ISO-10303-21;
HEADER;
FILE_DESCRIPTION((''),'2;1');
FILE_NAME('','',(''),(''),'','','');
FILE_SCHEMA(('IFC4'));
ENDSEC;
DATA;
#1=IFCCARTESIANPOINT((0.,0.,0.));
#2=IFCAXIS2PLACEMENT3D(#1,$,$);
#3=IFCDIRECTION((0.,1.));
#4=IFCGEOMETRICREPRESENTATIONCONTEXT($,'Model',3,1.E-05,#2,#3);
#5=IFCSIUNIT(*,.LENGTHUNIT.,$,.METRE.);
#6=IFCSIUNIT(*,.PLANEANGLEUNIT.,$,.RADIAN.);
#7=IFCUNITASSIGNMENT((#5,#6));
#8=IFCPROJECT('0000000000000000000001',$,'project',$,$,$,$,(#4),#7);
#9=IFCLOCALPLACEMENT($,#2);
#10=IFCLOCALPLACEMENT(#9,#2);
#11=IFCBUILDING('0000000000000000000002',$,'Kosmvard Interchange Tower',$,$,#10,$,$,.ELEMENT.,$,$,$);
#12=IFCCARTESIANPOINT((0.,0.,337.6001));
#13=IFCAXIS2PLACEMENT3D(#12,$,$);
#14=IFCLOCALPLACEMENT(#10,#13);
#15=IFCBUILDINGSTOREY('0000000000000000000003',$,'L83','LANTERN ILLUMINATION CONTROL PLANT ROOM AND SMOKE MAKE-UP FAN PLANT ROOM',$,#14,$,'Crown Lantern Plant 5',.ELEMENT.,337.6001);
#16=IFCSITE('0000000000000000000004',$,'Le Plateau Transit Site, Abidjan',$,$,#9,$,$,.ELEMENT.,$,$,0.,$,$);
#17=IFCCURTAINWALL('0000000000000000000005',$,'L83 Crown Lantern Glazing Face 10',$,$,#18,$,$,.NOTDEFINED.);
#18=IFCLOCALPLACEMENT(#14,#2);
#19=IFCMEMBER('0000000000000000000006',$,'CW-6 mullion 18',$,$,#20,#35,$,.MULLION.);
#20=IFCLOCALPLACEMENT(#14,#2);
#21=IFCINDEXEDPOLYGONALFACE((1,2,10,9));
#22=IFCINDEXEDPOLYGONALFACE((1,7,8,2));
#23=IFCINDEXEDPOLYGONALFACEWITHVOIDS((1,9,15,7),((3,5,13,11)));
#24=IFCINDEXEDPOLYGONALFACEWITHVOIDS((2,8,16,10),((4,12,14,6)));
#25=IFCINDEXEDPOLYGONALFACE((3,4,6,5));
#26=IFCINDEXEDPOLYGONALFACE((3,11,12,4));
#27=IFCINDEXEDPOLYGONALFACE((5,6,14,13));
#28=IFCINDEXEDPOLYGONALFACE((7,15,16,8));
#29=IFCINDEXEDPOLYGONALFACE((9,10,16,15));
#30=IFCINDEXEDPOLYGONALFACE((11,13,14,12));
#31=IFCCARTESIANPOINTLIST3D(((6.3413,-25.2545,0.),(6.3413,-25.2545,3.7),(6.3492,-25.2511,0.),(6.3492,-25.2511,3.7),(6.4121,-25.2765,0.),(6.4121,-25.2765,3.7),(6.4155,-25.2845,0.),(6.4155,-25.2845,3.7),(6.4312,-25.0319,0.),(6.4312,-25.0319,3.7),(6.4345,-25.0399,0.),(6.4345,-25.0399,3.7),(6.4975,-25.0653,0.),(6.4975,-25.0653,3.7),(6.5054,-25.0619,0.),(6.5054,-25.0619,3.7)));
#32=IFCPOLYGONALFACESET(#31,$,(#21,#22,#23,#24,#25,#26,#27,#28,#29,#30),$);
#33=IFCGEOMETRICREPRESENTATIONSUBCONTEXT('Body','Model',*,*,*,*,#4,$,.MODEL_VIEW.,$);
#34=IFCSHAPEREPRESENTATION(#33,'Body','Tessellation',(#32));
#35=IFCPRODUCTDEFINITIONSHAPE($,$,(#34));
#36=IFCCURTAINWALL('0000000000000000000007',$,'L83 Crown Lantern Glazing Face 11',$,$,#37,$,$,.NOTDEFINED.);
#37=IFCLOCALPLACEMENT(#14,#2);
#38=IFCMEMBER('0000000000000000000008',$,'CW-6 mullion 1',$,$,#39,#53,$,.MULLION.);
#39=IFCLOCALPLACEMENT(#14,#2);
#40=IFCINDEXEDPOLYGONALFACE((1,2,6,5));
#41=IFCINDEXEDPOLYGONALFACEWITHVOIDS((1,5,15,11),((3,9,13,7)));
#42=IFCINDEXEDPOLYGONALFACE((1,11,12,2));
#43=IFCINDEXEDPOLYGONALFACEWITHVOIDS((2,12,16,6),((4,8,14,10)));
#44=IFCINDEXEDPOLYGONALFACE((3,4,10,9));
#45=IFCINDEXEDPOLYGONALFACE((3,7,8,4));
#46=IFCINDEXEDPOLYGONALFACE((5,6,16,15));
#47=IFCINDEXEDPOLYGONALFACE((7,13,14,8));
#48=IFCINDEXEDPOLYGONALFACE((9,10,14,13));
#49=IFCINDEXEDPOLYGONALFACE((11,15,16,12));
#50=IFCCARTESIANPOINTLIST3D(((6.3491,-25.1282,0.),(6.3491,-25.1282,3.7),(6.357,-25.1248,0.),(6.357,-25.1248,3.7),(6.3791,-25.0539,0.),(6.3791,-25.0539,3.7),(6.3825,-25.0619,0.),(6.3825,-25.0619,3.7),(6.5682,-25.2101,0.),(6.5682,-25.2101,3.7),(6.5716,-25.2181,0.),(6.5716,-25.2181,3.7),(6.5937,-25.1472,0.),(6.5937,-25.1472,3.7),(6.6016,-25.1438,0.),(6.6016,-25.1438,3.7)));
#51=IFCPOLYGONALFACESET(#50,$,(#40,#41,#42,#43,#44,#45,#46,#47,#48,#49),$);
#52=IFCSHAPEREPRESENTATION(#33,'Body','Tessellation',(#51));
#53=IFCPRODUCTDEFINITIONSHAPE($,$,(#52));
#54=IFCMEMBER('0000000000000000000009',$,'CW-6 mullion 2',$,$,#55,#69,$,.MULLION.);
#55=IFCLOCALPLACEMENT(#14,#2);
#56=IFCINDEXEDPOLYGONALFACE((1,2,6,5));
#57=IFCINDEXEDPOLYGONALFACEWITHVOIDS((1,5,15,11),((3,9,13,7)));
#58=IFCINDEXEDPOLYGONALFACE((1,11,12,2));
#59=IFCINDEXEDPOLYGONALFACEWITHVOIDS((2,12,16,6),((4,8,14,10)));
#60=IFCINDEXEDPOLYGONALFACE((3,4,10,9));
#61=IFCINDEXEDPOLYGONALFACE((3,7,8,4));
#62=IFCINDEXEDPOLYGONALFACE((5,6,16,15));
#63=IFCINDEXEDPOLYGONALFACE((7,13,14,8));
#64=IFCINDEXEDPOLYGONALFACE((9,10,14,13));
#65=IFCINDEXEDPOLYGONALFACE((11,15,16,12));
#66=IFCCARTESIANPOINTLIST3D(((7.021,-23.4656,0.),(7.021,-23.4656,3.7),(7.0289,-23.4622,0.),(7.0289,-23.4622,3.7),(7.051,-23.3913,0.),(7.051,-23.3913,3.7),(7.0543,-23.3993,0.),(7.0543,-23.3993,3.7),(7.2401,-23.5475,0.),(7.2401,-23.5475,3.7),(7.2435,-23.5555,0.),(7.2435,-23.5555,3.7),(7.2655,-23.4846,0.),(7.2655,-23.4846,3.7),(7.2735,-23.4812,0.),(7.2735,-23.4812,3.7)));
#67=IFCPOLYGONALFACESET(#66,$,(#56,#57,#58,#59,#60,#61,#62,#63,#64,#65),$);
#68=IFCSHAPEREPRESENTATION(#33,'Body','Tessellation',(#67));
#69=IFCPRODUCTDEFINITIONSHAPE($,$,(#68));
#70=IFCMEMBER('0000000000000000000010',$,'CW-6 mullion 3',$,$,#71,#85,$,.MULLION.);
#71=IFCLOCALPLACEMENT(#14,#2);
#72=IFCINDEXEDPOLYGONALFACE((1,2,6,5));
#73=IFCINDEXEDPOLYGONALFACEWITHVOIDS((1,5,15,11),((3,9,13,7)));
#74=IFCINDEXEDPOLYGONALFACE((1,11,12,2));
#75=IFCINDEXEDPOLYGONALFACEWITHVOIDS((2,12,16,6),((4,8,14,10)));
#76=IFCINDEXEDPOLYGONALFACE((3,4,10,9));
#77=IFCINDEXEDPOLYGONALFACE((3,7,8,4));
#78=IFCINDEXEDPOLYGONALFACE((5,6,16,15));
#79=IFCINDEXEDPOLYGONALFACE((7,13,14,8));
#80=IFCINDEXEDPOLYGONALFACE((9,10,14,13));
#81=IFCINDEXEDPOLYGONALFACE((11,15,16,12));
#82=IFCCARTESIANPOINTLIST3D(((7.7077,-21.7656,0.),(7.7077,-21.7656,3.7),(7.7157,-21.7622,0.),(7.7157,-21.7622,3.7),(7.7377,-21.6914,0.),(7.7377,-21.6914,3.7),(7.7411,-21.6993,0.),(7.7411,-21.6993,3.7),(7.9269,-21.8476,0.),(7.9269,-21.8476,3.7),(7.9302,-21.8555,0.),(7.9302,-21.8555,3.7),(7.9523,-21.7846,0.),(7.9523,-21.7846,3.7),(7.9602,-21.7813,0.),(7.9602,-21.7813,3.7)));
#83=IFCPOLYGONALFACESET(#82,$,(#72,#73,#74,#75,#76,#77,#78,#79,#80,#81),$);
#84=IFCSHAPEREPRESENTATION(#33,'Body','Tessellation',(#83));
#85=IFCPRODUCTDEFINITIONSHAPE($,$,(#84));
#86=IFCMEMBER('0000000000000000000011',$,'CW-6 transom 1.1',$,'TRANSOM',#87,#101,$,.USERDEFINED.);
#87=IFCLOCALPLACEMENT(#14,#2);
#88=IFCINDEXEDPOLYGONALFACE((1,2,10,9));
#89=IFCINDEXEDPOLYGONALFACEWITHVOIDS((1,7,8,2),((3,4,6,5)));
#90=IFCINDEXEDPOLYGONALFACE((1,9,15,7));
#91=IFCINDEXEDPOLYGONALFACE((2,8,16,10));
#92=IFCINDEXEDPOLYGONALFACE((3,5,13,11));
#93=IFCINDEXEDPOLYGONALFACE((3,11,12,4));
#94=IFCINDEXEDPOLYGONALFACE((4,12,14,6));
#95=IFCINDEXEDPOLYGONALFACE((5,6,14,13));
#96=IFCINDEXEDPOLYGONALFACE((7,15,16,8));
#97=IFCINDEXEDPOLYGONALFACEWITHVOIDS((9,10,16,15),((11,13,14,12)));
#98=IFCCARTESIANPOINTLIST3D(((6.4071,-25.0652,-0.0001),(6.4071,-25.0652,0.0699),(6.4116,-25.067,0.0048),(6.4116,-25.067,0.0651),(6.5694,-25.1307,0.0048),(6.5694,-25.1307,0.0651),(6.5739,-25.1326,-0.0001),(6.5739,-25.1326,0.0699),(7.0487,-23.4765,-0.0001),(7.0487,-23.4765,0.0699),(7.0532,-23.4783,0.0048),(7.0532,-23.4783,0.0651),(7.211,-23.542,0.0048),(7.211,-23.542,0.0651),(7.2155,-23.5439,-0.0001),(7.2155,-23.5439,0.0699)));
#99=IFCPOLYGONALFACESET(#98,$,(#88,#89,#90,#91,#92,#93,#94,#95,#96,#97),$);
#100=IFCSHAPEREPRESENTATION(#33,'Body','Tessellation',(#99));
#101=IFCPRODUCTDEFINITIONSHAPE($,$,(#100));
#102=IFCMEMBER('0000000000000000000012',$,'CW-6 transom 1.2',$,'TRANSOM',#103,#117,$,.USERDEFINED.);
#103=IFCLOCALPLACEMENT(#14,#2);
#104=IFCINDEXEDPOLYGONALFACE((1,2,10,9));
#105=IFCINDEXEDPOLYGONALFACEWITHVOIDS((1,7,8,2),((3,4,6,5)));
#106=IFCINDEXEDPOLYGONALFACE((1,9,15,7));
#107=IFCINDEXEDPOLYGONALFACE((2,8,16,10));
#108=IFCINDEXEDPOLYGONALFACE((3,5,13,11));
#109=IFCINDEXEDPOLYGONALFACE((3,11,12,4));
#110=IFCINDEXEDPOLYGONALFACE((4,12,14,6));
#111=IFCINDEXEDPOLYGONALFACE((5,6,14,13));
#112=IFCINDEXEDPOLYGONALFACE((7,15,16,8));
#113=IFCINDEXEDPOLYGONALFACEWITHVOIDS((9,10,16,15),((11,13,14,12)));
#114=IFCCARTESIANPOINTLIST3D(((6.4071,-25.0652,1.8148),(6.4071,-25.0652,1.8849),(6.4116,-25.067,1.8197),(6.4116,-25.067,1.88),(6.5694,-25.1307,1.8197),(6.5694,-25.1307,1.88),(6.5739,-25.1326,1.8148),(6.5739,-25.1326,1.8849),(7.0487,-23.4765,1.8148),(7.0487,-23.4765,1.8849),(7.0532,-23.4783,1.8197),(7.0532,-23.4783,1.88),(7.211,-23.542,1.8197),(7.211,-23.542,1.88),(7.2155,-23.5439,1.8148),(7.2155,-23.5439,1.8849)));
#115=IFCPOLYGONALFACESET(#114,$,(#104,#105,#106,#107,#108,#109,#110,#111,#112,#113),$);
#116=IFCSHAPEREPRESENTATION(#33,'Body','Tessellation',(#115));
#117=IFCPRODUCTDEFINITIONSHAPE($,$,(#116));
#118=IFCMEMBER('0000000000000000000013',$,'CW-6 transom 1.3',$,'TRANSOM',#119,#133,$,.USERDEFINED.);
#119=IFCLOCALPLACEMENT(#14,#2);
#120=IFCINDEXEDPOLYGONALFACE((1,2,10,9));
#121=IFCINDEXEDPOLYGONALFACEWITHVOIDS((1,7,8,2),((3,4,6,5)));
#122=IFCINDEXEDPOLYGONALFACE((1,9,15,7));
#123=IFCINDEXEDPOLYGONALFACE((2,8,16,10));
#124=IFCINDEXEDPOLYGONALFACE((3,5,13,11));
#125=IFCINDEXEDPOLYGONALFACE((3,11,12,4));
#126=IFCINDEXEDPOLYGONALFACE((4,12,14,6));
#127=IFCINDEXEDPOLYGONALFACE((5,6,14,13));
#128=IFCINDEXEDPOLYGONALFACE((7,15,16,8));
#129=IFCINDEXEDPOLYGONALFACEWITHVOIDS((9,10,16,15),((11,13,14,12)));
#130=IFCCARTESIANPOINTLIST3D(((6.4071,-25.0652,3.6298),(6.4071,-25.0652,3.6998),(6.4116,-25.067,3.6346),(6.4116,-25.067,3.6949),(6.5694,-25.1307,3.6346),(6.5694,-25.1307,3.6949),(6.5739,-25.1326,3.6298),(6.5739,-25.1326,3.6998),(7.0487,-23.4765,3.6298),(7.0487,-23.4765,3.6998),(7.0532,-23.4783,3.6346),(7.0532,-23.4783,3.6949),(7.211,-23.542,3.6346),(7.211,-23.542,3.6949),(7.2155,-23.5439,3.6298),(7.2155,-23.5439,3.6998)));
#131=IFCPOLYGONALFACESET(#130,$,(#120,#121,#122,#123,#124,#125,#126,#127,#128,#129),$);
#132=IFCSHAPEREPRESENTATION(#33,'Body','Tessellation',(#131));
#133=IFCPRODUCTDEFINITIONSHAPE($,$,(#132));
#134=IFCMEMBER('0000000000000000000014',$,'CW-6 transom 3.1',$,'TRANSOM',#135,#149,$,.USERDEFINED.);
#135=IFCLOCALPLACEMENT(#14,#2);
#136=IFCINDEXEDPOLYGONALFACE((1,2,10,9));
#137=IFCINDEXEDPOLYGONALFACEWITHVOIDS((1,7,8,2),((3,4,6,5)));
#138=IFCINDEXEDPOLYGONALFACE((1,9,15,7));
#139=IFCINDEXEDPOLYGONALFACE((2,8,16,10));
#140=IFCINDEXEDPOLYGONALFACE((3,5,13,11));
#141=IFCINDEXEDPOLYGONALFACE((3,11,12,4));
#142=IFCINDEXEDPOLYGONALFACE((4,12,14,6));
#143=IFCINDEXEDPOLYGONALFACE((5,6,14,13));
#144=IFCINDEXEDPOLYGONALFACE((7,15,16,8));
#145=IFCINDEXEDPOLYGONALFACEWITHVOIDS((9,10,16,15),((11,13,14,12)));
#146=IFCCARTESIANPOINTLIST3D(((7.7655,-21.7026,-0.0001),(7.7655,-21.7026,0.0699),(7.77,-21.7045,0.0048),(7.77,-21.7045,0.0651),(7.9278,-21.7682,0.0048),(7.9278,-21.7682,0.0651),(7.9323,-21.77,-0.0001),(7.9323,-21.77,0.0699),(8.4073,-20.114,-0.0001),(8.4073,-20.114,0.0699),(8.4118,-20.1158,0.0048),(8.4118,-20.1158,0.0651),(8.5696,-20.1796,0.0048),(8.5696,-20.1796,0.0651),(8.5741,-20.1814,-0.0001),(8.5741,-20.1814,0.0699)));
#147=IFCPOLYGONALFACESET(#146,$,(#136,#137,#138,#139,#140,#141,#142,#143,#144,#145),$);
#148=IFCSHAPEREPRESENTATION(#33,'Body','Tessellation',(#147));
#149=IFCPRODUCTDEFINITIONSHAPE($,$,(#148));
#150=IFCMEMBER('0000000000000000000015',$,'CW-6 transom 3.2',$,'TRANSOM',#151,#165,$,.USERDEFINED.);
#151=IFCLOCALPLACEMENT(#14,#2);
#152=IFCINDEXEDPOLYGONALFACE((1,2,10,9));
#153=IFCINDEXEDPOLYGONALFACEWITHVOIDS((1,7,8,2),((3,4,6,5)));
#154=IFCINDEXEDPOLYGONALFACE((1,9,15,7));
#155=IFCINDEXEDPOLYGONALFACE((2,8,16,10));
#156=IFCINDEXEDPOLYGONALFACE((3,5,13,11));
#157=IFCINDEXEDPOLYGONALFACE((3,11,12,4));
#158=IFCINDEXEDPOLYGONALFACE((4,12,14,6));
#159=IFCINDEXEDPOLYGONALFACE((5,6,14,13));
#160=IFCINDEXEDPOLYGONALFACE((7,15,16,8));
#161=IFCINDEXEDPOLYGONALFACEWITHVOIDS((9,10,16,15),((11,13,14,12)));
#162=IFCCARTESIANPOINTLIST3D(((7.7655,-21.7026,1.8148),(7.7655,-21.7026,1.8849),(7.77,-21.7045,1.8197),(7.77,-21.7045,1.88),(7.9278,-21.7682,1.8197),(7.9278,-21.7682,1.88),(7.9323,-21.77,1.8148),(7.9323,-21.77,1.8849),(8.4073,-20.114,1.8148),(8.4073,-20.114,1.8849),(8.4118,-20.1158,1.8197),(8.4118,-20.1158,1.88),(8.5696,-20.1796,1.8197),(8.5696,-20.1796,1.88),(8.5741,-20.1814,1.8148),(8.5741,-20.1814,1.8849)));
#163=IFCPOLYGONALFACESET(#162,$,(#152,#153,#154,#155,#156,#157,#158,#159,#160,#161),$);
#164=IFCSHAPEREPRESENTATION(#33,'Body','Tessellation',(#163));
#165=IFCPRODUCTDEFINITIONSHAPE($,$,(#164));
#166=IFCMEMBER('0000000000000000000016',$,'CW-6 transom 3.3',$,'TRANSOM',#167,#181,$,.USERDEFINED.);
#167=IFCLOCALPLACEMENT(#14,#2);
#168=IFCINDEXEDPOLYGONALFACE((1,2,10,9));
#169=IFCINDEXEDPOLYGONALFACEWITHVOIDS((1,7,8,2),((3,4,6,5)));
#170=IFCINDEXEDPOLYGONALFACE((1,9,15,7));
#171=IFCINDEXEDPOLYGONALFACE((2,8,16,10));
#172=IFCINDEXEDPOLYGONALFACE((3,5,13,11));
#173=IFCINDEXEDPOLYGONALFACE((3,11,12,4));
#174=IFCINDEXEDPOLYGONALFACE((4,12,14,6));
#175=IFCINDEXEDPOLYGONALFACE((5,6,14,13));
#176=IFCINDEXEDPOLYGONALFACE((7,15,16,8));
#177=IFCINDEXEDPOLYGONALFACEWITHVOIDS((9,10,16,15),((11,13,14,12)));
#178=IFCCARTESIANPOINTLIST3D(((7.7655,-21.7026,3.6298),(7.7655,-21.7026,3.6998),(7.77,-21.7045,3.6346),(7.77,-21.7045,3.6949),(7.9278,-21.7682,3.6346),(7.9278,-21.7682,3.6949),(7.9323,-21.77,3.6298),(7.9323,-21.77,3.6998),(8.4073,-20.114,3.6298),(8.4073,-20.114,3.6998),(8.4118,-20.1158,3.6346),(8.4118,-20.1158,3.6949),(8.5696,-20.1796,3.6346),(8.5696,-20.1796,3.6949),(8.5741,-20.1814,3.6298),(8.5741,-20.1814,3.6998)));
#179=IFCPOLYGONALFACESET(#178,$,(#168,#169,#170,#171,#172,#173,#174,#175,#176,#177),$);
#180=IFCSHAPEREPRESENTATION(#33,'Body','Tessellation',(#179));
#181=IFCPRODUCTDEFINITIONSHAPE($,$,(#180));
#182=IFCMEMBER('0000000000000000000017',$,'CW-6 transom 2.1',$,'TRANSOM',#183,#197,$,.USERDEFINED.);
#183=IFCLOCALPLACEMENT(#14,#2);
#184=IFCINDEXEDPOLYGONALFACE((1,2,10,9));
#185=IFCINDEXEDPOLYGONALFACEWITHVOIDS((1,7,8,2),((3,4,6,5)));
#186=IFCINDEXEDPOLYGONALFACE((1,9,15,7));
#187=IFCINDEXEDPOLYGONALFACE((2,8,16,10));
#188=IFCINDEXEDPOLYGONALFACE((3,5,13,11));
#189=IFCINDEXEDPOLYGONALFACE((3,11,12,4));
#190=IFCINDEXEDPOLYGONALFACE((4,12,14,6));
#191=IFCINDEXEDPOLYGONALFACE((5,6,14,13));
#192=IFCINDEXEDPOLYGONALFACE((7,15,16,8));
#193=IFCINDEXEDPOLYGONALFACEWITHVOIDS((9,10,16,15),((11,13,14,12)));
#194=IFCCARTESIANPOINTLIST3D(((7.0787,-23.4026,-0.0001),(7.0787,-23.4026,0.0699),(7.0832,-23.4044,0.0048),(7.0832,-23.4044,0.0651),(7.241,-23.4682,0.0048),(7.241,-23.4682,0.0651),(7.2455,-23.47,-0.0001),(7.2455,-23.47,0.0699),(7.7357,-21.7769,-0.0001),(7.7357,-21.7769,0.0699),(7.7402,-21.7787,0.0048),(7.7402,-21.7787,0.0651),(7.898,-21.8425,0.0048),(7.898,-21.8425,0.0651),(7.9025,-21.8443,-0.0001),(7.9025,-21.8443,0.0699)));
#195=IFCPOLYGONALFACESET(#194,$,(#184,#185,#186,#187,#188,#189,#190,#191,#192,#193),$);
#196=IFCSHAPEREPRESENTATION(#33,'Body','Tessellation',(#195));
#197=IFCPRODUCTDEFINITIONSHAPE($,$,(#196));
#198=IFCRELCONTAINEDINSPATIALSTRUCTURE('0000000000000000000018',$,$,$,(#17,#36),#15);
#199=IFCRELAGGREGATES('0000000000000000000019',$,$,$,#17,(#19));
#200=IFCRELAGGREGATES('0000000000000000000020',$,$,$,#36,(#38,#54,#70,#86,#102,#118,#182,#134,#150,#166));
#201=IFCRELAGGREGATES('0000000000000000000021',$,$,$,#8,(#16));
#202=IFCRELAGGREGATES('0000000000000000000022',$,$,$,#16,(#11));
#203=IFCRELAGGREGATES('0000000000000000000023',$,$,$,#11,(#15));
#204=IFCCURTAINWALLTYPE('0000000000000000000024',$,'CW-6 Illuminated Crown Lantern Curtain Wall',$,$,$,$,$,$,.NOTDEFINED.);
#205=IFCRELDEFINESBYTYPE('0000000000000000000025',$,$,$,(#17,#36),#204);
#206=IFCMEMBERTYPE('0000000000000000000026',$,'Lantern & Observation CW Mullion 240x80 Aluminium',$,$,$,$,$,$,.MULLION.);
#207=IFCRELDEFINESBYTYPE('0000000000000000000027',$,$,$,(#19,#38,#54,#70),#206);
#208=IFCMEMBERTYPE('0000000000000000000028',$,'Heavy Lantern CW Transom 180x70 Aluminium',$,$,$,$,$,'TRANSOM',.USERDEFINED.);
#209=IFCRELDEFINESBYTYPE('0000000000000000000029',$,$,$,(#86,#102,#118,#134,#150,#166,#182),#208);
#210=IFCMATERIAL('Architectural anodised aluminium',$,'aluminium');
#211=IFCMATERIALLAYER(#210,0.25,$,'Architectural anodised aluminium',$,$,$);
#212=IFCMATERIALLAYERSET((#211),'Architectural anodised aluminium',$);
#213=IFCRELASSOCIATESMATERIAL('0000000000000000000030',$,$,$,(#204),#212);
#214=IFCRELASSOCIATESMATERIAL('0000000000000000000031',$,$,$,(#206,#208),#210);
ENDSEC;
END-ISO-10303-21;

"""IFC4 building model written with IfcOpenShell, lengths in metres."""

from ifc_helpers import new_model, si_unit, direction, frame, origin, origin_2d, place, context, subcontext, project, spatial, hollow_rectangle, extrude, source, transform, mapped, material, layer, layer_set, material_profile, profile_set, type_object, element, aggregate, save


model = new_model("IFC4")

# Units and contexts
model_context = context("Model", 3, precision=1e-05, world=origin(), true_north=direction((0.0, 1.0)))
body_context = subcontext(model_context, "Body", "Model", "MODEL_VIEW")
ifc_project = project(units=[si_unit("LENGTHUNIT", "METRE"), si_unit("PLANEANGLEUNIT", "RADIAN")], contexts=[model_context])

# Site, building, storey
site_placement = place(None, origin())
site = spatial("IfcSite", under=ifc_project, at=site_placement, Name="Le Plateau Transit Site, Abidjan", CompositionType="ELEMENT", RefElevation=0.0)
building_placement = place(site_placement, origin())
building = spatial("IfcBuilding", under=site, at=building_placement, Name="Kosmvard Interchange Tower", CompositionType="ELEMENT")
storey_placement = place(building_placement, frame((0.0, 0.0, 337.6001)))
storey = spatial("IfcBuildingStorey", under=building, at=storey_placement, Name="L83", Description="LANTERN ILLUMINATION CONTROL PLANT ROOM AND SMOKE MAKE-UP FAN PLANT ROOM", LongName="Crown Lantern Plant 5", CompositionType="ELEMENT", Elevation=337.6001)

# Curtain wall, member
ifc_material_1 = material(Name="Architectural anodised aluminium", Category="aluminium")
ifc_layer_1 = layer(ifc_material_1, 0.25, Name="Architectural anodised aluminium")
ifc_layer_set_1 = layer_set([ifc_layer_1], Name="Architectural anodised aluminium")
curtain_wall_type = type_object("IfcCurtainWallType", Name="CW-6 Illuminated Crown Lantern Curtain Wall", PredefinedType="NOTDEFINED", material=ifc_layer_set_1)
curtain_wall_1_placement = place(storey_placement, origin())
curtain_wall_1 = element("IfcCurtainWall", 1, at=curtain_wall_1_placement, inside=storey, type_object=curtain_wall_type, Name="L83 Crown Lantern Glazing Face 10", PredefinedType="NOTDEFINED")
ifc_material_profile_1 = material_profile(ifc_material_1, hollow_rectangle(XDim=0.24, YDim=0.0801, WallThickness=0.0061, at=origin_2d()), Name="CWM 240x80x6")
ifc_profile_set_1 = profile_set([ifc_material_profile_1], Name="Architectural anodised aluminium")
member_type_1 = type_object("IfcMemberType", Name="Lantern & Observation CW Mullion 240x80 Aluminium", PredefinedType="MULLION", material=ifc_profile_set_1)
shared_shape_1 = source(origin(), body_context, "Body", "SweptSolid", [
    extrude(hollow_rectangle(XDim=0.24, YDim=0.0801, WallThickness=0.0061, at=origin_2d()), origin(), (0.0, 0.0, 1.0), 3.7),
])
member_1_placement = place(storey_placement, frame((6.4233, -25.1582, 0.0), z_axis=(0.0, 0.0, 1.0), x_axis=(0.374607, 0.927184, 0.0)))
member_1 = element("IfcMember", 2, at=member_1_placement, type_object=member_type_1, Name="CW-6 mullion 18", PredefinedType="MULLION", context=body_context, shape_type="MappedRepresentation", body=[
    mapped(shared_shape_1, transform((0.0, 0.0, 0.0), scale=1.0)),
])

# Curtain wall, members
curtain_wall_2_placement = place(storey_placement, origin())
curtain_wall_2 = element("IfcCurtainWall", 3, at=curtain_wall_2_placement, inside=storey, type_object=curtain_wall_type, Name="L83 Crown Lantern Glazing Face 11", PredefinedType="NOTDEFINED")
member_2_placement = place(storey_placement, frame((6.4753, -25.136, 0.0), z_axis=(0.0, 0.0, 1.0), x_axis=(-0.927184, 0.374607, 0.0)))
member_2 = element("IfcMember", 4, at=member_2_placement, type_object=member_type_1, Name="CW-6 mullion 1", PredefinedType="MULLION", context=body_context, shape_type="MappedRepresentation", body=[
    mapped(shared_shape_1, transform((0.0, 0.0, 0.0), scale=1.0)),
])
member_3_placement = place(storey_placement, frame((7.1472, -23.4734, 0.0), z_axis=(0.0, 0.0, 1.0), x_axis=(-0.927184, 0.374607, 0.0)))
member_3 = element("IfcMember", 5, at=member_3_placement, type_object=member_type_1, Name="CW-6 mullion 2", PredefinedType="MULLION", context=body_context, shape_type="MappedRepresentation", body=[
    mapped(shared_shape_1, transform((0.0, 0.0, 0.0), scale=1.0)),
])
member_4_placement = place(storey_placement, frame((7.834, -21.7734, 0.0), z_axis=(0.0, 0.0, 1.0), x_axis=(-0.927184, 0.374607, 0.0)))
member_4 = element("IfcMember", 6, at=member_4_placement, type_object=member_type_1, Name="CW-6 mullion 3", PredefinedType="MULLION", context=body_context, shape_type="MappedRepresentation", body=[
    mapped(shared_shape_1, transform((0.0, 0.0, 0.0), scale=1.0)),
])
ifc_material_profile_2 = material_profile(ifc_material_1, hollow_rectangle(XDim=0.1799, YDim=0.0701, WallThickness=0.0049, at=origin_2d()), Name="CWT 180x70x5")
ifc_profile_set_2 = profile_set([ifc_material_profile_2], Name="Architectural anodised aluminium")
member_type_2 = type_object("IfcMemberType", Name="Heavy Lantern CW Transom 180x70 Aluminium", ElementType="TRANSOM", PredefinedType="USERDEFINED", material=ifc_profile_set_2)
shared_shape_2 = source(origin(), body_context, "Body", "SweptSolid", [
    extrude(hollow_rectangle(XDim=0.1799, YDim=0.0701, WallThickness=0.0049, at=origin_2d()), origin(), (0.0, 0.0, 1.0), 1.7134),
])
member_5_placement = place(storey_placement, frame((6.4905, -25.0989, 0.0349), z_axis=(0.374484, 0.927233, 0.0), x_axis=(-0.927233, 0.374484, 0.0)))
member_5 = element("IfcMember", 7, at=member_5_placement, type_object=member_type_2, Name="CW-6 transom 1.1", ObjectType="TRANSOM", PredefinedType="USERDEFINED", context=body_context, shape_type="MappedRepresentation", body=[
    mapped(shared_shape_2, transform((0.0, 0.0, 0.0), scale=1.0)),
])
member_6_placement = place(storey_placement, frame((6.4905, -25.0989, 1.8499), z_axis=(0.374484, 0.927233, 0.0), x_axis=(-0.927233, 0.374484, 0.0)))
member_6 = element("IfcMember", 8, at=member_6_placement, type_object=member_type_2, Name="CW-6 transom 1.2", ObjectType="TRANSOM", PredefinedType="USERDEFINED", context=body_context, shape_type="MappedRepresentation", body=[
    mapped(shared_shape_2, transform((0.0, 0.0, 0.0), scale=1.0)),
])
member_7_placement = place(storey_placement, frame((6.4905, -25.0989, 3.6648), z_axis=(0.374484, 0.927233, 0.0), x_axis=(-0.927233, 0.374484, 0.0)))
member_7 = element("IfcMember", 9, at=member_7_placement, type_object=member_type_2, Name="CW-6 transom 1.3", ObjectType="TRANSOM", PredefinedType="USERDEFINED", context=body_context, shape_type="MappedRepresentation", body=[
    mapped(shared_shape_2, transform((0.0, 0.0, 0.0), scale=1.0)),
])
member_8_placement = place(storey_placement, frame((7.8489, -21.7363, 0.0349), z_axis=(0.374607, 0.927184, 0.0), x_axis=(-0.927184, 0.374607, 0.0)))
member_8 = element("IfcMember", 10, at=member_8_placement, type_object=member_type_2, Name="CW-6 transom 3.1", ObjectType="TRANSOM", PredefinedType="USERDEFINED", context=body_context, shape_type="MappedRepresentation", body=[
    mapped(shared_shape_2, transform((0.0, 0.0, 0.0), scale=1.0)),
])
member_9_placement = place(storey_placement, frame((7.8489, -21.7363, 1.8499), z_axis=(0.374607, 0.927184, 0.0), x_axis=(-0.927184, 0.374607, 0.0)))
member_9 = element("IfcMember", 11, at=member_9_placement, type_object=member_type_2, Name="CW-6 transom 3.2", ObjectType="TRANSOM", PredefinedType="USERDEFINED", context=body_context, shape_type="MappedRepresentation", body=[
    mapped(shared_shape_2, transform((0.0, 0.0, 0.0), scale=1.0)),
])
member_10_placement = place(storey_placement, frame((7.8489, -21.7363, 3.6648), z_axis=(0.374607, 0.927184, 0.0), x_axis=(-0.927184, 0.374607, 0.0)))
member_10 = element("IfcMember", 12, at=member_10_placement, type_object=member_type_2, Name="CW-6 transom 3.3", ObjectType="TRANSOM", PredefinedType="USERDEFINED", context=body_context, shape_type="MappedRepresentation", body=[
    mapped(shared_shape_2, transform((0.0, 0.0, 0.0), scale=1.0)),
])
shared_shape_3 = source(origin(), body_context, "Body", "SweptSolid", [
    extrude(hollow_rectangle(XDim=0.1799, YDim=0.0701, WallThickness=0.0049, at=origin_2d()), origin(), (0.0, 0.0, 1.0), 1.7534),
])
member_11_placement = place(storey_placement, frame((7.1621, -23.4363, 0.0349), z_axis=(0.374677, 0.927155, 0.0), x_axis=(-0.927155, 0.374677, 0.0)))
member_11 = element("IfcMember", 13, at=member_11_placement, type_object=member_type_2, Name="CW-6 transom 2.1", ObjectType="TRANSOM", PredefinedType="USERDEFINED", context=body_context, shape_type="MappedRepresentation", body=[
    mapped(shared_shape_3, transform((0.0, 0.0, 0.0), scale=1.0)),
])

aggregate(curtain_wall_1, [member_1])
aggregate(curtain_wall_2, [member_2, member_3, member_4, member_5, member_6, member_7, member_11, member_8, member_9, member_10])

save(model, "model.ifc")
